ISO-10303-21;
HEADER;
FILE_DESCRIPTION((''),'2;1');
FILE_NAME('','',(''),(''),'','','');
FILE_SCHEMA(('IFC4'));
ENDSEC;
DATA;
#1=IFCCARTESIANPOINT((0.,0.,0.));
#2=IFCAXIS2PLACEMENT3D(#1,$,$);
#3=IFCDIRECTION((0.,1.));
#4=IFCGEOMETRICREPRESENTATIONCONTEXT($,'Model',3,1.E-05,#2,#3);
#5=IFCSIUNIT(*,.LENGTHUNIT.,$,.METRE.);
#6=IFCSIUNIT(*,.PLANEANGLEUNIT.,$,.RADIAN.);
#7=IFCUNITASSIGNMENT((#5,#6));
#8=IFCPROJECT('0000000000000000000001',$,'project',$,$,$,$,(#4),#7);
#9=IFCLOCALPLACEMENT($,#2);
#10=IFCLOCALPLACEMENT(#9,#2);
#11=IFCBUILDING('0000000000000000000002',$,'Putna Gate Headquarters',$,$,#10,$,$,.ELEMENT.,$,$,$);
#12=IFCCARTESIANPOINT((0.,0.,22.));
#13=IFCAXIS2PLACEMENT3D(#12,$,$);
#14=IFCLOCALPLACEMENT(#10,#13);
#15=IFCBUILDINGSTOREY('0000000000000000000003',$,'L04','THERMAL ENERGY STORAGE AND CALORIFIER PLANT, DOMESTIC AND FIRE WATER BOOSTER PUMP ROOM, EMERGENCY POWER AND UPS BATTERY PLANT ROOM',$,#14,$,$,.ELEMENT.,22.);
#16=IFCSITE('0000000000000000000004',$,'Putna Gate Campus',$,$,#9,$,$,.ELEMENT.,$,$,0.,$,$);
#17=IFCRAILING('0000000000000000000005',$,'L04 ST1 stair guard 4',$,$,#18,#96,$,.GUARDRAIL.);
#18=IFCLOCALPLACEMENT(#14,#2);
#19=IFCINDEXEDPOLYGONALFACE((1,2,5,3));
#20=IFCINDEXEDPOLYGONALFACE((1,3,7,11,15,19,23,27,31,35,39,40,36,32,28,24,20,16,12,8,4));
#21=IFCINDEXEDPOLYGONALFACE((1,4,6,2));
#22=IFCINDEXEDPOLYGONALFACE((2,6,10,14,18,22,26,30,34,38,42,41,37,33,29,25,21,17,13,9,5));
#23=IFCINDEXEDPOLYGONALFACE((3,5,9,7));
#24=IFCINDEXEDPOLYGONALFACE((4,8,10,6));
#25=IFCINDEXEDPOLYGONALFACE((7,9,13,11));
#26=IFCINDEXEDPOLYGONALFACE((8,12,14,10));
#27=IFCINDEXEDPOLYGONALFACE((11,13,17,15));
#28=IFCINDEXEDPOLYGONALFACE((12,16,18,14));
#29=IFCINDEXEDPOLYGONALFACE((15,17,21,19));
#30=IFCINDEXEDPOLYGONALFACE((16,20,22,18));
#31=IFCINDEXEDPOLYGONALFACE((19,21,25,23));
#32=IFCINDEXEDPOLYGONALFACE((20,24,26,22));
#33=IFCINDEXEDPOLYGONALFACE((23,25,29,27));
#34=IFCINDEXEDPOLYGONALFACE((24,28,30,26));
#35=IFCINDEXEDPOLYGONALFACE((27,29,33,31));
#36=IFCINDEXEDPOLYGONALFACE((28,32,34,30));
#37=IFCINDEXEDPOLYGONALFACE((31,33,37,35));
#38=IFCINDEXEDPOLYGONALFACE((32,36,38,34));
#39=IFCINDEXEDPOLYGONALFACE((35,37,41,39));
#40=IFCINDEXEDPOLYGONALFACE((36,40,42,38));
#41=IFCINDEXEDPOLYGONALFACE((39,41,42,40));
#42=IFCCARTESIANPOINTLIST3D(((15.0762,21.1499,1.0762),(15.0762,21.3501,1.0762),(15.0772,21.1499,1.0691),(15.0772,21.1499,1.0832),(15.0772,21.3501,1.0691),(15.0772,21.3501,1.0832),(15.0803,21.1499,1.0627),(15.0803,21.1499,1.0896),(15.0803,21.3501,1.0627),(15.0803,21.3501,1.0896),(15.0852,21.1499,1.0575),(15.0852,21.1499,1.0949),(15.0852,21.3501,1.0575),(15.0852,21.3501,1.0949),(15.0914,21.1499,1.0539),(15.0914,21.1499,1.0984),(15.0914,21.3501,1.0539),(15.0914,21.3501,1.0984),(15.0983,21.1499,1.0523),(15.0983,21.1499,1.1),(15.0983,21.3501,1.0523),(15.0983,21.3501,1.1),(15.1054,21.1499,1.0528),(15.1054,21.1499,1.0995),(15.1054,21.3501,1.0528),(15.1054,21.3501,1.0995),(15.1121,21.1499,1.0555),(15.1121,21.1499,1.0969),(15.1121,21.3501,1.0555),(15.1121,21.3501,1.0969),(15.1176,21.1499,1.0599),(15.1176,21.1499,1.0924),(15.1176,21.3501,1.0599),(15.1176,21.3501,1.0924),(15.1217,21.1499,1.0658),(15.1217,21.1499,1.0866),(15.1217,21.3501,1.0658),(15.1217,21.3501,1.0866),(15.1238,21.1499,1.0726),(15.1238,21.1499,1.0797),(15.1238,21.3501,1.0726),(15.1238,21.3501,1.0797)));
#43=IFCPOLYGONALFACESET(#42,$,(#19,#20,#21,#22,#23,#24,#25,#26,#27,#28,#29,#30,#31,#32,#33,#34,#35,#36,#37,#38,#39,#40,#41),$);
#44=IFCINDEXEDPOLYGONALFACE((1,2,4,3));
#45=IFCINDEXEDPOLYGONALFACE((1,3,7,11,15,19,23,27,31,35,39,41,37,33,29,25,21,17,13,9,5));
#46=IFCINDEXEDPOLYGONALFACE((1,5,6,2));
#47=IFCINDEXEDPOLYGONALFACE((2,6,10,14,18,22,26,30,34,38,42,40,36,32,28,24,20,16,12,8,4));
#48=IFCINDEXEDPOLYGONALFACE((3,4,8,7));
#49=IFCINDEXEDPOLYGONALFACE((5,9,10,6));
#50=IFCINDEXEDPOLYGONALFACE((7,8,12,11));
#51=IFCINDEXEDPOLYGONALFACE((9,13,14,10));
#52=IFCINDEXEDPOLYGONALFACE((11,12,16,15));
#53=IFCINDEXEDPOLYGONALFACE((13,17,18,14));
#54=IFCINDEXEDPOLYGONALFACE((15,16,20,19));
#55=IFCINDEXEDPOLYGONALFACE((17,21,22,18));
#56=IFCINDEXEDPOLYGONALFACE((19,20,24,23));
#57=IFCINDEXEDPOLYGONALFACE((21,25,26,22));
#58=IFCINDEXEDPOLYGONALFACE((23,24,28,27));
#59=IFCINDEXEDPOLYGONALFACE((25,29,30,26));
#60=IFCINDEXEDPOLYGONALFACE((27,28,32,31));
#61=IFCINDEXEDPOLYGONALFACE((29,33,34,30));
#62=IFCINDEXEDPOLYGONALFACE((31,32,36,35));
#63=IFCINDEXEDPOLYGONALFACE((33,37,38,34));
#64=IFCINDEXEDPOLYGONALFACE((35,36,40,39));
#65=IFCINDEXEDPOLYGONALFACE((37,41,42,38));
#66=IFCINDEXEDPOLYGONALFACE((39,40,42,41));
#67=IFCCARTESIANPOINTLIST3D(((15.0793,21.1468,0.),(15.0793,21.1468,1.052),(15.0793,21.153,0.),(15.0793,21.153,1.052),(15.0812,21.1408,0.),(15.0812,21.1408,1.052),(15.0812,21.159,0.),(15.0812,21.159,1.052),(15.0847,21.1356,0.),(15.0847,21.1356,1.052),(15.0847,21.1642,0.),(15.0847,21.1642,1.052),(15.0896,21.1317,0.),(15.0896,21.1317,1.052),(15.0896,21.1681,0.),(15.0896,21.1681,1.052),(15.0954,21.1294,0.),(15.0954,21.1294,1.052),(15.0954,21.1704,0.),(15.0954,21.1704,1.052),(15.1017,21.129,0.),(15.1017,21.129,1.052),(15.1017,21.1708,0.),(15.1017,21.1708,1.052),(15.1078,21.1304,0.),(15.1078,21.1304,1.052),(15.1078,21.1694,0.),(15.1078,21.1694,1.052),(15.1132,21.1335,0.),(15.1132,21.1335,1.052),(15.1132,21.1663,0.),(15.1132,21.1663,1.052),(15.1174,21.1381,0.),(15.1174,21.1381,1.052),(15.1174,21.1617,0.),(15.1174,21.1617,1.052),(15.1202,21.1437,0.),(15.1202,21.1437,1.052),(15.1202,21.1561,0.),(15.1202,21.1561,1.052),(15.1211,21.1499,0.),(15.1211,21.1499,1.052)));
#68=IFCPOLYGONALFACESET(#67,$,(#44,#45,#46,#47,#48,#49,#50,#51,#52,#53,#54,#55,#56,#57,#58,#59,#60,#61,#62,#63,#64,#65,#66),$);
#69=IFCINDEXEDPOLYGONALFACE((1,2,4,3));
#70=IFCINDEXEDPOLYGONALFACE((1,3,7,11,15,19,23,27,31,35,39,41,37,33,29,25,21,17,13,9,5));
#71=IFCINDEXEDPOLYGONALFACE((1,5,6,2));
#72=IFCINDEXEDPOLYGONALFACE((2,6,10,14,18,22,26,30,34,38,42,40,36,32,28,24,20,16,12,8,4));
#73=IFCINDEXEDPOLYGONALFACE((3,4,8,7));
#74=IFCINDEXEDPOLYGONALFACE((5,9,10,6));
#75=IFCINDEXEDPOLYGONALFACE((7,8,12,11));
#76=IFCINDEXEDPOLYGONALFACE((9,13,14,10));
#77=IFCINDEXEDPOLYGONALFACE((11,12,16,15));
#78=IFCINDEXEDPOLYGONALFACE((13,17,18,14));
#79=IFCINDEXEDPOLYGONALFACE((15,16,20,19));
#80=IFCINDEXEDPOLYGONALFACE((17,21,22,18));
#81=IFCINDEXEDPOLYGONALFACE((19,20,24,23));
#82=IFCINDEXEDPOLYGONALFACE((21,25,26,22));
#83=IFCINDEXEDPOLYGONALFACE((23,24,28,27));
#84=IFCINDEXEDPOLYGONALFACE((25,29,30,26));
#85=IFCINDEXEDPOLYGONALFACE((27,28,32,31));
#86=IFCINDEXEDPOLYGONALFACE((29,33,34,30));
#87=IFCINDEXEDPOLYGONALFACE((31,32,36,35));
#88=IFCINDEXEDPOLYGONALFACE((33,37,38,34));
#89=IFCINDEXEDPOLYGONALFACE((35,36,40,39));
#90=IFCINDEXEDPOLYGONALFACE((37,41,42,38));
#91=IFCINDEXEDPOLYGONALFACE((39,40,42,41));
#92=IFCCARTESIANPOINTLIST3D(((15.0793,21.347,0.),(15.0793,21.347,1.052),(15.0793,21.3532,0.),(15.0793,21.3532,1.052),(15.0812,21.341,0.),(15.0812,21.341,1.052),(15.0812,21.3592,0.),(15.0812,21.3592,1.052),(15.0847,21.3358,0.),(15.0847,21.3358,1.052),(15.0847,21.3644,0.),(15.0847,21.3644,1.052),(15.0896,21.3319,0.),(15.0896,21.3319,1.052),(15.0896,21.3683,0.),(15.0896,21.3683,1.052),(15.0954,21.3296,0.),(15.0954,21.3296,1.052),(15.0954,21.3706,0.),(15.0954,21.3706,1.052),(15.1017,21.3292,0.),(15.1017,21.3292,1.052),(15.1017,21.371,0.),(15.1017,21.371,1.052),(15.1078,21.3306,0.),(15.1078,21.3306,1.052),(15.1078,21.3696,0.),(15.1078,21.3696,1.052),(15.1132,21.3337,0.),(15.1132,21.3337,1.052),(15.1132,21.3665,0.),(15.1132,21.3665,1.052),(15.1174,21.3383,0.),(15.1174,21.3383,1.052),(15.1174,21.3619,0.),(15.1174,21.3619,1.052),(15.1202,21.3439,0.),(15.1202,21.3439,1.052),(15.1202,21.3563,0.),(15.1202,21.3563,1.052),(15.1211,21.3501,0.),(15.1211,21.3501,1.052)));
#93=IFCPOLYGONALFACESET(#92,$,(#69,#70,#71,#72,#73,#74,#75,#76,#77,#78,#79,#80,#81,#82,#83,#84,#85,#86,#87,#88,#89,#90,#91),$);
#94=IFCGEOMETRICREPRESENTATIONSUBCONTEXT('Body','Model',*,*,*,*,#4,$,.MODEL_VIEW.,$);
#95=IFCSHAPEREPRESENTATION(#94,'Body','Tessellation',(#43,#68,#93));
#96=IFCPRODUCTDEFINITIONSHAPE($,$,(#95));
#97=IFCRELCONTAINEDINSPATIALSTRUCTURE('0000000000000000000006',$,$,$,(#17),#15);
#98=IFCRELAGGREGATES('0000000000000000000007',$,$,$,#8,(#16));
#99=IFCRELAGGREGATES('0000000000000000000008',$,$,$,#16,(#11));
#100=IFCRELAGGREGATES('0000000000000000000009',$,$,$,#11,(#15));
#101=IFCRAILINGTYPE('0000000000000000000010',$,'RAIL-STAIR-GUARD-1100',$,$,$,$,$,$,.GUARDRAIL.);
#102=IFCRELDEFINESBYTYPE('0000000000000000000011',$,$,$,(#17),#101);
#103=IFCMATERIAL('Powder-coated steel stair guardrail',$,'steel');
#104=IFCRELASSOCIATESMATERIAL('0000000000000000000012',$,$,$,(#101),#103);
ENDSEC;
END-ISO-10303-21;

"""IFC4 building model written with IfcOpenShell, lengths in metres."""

from ifc_helpers import new_model, si_unit, direction, frame, origin, origin_2d, place, context, subcontext, project, spatial, circle, extrude, material, type_object, element, save


model = new_model("IFC4")

# Units and contexts
model_context = context("Model", 3, precision=1e-05, world=origin(), true_north=direction((0.0, 1.0)))
body_context = subcontext(model_context, "Body", "Model", "MODEL_VIEW")
ifc_project = project(units=[si_unit("LENGTHUNIT", "METRE"), si_unit("PLANEANGLEUNIT", "RADIAN")], contexts=[model_context])

# Site, building, storey
site_placement = place(None, origin())
site = spatial("IfcSite", under=ifc_project, at=site_placement, Name="Putna Gate Campus", CompositionType="ELEMENT", RefElevation=0.0)
building_placement = place(site_placement, origin())
building = spatial("IfcBuilding", under=site, at=building_placement, Name="Putna Gate Headquarters", CompositionType="ELEMENT")
storey_placement = place(building_placement, frame((0.0, 0.0, 22.0)))
storey = spatial("IfcBuildingStorey", under=building, at=storey_placement, Name="L04", Description="THERMAL ENERGY STORAGE AND CALORIFIER PLANT, DOMESTIC AND FIRE WATER BOOSTER PUMP ROOM, EMERGENCY POWER AND UPS BATTERY PLANT ROOM", CompositionType="ELEMENT", Elevation=22.0)

# Railing
ifc_material_1 = material(Name="Powder-coated steel stair guardrail", Category="steel")
railing_type_1 = type_object("IfcRailingType", Name="RAIL-STAIR-GUARD-1100", PredefinedType="GUARDRAIL", material=ifc_material_1)
railing_1_placement = place(storey_placement, frame((15.1001, 21.1499, 0.0)))
element("IfcRailing", 1, at=railing_1_placement, inside=storey, type_object=railing_type_1, Name="L04 ST1 stair guard 4", PredefinedType="GUARDRAIL", context=body_context, shape_type="SweptSolid", body=[
    extrude(circle(Radius=0.0239, at=origin_2d()), frame((0.0, 0.0, 1.0762), z_axis=(0.0, 1.0, 0.0), x_axis=(-1.0, 0.0, 0.0)), (0.0, 0.0, 1.0), 0.2002),
    extrude(circle(Radius=0.021, at=origin_2d()), origin(), (0.0, 0.0, 1.0), 1.052),
    extrude(circle(Radius=0.021, at=origin_2d()), frame((0.0, 0.2002, 0.0)), (0.0, 0.0, 1.0), 1.052),
])

save(model, "model.ifc")
